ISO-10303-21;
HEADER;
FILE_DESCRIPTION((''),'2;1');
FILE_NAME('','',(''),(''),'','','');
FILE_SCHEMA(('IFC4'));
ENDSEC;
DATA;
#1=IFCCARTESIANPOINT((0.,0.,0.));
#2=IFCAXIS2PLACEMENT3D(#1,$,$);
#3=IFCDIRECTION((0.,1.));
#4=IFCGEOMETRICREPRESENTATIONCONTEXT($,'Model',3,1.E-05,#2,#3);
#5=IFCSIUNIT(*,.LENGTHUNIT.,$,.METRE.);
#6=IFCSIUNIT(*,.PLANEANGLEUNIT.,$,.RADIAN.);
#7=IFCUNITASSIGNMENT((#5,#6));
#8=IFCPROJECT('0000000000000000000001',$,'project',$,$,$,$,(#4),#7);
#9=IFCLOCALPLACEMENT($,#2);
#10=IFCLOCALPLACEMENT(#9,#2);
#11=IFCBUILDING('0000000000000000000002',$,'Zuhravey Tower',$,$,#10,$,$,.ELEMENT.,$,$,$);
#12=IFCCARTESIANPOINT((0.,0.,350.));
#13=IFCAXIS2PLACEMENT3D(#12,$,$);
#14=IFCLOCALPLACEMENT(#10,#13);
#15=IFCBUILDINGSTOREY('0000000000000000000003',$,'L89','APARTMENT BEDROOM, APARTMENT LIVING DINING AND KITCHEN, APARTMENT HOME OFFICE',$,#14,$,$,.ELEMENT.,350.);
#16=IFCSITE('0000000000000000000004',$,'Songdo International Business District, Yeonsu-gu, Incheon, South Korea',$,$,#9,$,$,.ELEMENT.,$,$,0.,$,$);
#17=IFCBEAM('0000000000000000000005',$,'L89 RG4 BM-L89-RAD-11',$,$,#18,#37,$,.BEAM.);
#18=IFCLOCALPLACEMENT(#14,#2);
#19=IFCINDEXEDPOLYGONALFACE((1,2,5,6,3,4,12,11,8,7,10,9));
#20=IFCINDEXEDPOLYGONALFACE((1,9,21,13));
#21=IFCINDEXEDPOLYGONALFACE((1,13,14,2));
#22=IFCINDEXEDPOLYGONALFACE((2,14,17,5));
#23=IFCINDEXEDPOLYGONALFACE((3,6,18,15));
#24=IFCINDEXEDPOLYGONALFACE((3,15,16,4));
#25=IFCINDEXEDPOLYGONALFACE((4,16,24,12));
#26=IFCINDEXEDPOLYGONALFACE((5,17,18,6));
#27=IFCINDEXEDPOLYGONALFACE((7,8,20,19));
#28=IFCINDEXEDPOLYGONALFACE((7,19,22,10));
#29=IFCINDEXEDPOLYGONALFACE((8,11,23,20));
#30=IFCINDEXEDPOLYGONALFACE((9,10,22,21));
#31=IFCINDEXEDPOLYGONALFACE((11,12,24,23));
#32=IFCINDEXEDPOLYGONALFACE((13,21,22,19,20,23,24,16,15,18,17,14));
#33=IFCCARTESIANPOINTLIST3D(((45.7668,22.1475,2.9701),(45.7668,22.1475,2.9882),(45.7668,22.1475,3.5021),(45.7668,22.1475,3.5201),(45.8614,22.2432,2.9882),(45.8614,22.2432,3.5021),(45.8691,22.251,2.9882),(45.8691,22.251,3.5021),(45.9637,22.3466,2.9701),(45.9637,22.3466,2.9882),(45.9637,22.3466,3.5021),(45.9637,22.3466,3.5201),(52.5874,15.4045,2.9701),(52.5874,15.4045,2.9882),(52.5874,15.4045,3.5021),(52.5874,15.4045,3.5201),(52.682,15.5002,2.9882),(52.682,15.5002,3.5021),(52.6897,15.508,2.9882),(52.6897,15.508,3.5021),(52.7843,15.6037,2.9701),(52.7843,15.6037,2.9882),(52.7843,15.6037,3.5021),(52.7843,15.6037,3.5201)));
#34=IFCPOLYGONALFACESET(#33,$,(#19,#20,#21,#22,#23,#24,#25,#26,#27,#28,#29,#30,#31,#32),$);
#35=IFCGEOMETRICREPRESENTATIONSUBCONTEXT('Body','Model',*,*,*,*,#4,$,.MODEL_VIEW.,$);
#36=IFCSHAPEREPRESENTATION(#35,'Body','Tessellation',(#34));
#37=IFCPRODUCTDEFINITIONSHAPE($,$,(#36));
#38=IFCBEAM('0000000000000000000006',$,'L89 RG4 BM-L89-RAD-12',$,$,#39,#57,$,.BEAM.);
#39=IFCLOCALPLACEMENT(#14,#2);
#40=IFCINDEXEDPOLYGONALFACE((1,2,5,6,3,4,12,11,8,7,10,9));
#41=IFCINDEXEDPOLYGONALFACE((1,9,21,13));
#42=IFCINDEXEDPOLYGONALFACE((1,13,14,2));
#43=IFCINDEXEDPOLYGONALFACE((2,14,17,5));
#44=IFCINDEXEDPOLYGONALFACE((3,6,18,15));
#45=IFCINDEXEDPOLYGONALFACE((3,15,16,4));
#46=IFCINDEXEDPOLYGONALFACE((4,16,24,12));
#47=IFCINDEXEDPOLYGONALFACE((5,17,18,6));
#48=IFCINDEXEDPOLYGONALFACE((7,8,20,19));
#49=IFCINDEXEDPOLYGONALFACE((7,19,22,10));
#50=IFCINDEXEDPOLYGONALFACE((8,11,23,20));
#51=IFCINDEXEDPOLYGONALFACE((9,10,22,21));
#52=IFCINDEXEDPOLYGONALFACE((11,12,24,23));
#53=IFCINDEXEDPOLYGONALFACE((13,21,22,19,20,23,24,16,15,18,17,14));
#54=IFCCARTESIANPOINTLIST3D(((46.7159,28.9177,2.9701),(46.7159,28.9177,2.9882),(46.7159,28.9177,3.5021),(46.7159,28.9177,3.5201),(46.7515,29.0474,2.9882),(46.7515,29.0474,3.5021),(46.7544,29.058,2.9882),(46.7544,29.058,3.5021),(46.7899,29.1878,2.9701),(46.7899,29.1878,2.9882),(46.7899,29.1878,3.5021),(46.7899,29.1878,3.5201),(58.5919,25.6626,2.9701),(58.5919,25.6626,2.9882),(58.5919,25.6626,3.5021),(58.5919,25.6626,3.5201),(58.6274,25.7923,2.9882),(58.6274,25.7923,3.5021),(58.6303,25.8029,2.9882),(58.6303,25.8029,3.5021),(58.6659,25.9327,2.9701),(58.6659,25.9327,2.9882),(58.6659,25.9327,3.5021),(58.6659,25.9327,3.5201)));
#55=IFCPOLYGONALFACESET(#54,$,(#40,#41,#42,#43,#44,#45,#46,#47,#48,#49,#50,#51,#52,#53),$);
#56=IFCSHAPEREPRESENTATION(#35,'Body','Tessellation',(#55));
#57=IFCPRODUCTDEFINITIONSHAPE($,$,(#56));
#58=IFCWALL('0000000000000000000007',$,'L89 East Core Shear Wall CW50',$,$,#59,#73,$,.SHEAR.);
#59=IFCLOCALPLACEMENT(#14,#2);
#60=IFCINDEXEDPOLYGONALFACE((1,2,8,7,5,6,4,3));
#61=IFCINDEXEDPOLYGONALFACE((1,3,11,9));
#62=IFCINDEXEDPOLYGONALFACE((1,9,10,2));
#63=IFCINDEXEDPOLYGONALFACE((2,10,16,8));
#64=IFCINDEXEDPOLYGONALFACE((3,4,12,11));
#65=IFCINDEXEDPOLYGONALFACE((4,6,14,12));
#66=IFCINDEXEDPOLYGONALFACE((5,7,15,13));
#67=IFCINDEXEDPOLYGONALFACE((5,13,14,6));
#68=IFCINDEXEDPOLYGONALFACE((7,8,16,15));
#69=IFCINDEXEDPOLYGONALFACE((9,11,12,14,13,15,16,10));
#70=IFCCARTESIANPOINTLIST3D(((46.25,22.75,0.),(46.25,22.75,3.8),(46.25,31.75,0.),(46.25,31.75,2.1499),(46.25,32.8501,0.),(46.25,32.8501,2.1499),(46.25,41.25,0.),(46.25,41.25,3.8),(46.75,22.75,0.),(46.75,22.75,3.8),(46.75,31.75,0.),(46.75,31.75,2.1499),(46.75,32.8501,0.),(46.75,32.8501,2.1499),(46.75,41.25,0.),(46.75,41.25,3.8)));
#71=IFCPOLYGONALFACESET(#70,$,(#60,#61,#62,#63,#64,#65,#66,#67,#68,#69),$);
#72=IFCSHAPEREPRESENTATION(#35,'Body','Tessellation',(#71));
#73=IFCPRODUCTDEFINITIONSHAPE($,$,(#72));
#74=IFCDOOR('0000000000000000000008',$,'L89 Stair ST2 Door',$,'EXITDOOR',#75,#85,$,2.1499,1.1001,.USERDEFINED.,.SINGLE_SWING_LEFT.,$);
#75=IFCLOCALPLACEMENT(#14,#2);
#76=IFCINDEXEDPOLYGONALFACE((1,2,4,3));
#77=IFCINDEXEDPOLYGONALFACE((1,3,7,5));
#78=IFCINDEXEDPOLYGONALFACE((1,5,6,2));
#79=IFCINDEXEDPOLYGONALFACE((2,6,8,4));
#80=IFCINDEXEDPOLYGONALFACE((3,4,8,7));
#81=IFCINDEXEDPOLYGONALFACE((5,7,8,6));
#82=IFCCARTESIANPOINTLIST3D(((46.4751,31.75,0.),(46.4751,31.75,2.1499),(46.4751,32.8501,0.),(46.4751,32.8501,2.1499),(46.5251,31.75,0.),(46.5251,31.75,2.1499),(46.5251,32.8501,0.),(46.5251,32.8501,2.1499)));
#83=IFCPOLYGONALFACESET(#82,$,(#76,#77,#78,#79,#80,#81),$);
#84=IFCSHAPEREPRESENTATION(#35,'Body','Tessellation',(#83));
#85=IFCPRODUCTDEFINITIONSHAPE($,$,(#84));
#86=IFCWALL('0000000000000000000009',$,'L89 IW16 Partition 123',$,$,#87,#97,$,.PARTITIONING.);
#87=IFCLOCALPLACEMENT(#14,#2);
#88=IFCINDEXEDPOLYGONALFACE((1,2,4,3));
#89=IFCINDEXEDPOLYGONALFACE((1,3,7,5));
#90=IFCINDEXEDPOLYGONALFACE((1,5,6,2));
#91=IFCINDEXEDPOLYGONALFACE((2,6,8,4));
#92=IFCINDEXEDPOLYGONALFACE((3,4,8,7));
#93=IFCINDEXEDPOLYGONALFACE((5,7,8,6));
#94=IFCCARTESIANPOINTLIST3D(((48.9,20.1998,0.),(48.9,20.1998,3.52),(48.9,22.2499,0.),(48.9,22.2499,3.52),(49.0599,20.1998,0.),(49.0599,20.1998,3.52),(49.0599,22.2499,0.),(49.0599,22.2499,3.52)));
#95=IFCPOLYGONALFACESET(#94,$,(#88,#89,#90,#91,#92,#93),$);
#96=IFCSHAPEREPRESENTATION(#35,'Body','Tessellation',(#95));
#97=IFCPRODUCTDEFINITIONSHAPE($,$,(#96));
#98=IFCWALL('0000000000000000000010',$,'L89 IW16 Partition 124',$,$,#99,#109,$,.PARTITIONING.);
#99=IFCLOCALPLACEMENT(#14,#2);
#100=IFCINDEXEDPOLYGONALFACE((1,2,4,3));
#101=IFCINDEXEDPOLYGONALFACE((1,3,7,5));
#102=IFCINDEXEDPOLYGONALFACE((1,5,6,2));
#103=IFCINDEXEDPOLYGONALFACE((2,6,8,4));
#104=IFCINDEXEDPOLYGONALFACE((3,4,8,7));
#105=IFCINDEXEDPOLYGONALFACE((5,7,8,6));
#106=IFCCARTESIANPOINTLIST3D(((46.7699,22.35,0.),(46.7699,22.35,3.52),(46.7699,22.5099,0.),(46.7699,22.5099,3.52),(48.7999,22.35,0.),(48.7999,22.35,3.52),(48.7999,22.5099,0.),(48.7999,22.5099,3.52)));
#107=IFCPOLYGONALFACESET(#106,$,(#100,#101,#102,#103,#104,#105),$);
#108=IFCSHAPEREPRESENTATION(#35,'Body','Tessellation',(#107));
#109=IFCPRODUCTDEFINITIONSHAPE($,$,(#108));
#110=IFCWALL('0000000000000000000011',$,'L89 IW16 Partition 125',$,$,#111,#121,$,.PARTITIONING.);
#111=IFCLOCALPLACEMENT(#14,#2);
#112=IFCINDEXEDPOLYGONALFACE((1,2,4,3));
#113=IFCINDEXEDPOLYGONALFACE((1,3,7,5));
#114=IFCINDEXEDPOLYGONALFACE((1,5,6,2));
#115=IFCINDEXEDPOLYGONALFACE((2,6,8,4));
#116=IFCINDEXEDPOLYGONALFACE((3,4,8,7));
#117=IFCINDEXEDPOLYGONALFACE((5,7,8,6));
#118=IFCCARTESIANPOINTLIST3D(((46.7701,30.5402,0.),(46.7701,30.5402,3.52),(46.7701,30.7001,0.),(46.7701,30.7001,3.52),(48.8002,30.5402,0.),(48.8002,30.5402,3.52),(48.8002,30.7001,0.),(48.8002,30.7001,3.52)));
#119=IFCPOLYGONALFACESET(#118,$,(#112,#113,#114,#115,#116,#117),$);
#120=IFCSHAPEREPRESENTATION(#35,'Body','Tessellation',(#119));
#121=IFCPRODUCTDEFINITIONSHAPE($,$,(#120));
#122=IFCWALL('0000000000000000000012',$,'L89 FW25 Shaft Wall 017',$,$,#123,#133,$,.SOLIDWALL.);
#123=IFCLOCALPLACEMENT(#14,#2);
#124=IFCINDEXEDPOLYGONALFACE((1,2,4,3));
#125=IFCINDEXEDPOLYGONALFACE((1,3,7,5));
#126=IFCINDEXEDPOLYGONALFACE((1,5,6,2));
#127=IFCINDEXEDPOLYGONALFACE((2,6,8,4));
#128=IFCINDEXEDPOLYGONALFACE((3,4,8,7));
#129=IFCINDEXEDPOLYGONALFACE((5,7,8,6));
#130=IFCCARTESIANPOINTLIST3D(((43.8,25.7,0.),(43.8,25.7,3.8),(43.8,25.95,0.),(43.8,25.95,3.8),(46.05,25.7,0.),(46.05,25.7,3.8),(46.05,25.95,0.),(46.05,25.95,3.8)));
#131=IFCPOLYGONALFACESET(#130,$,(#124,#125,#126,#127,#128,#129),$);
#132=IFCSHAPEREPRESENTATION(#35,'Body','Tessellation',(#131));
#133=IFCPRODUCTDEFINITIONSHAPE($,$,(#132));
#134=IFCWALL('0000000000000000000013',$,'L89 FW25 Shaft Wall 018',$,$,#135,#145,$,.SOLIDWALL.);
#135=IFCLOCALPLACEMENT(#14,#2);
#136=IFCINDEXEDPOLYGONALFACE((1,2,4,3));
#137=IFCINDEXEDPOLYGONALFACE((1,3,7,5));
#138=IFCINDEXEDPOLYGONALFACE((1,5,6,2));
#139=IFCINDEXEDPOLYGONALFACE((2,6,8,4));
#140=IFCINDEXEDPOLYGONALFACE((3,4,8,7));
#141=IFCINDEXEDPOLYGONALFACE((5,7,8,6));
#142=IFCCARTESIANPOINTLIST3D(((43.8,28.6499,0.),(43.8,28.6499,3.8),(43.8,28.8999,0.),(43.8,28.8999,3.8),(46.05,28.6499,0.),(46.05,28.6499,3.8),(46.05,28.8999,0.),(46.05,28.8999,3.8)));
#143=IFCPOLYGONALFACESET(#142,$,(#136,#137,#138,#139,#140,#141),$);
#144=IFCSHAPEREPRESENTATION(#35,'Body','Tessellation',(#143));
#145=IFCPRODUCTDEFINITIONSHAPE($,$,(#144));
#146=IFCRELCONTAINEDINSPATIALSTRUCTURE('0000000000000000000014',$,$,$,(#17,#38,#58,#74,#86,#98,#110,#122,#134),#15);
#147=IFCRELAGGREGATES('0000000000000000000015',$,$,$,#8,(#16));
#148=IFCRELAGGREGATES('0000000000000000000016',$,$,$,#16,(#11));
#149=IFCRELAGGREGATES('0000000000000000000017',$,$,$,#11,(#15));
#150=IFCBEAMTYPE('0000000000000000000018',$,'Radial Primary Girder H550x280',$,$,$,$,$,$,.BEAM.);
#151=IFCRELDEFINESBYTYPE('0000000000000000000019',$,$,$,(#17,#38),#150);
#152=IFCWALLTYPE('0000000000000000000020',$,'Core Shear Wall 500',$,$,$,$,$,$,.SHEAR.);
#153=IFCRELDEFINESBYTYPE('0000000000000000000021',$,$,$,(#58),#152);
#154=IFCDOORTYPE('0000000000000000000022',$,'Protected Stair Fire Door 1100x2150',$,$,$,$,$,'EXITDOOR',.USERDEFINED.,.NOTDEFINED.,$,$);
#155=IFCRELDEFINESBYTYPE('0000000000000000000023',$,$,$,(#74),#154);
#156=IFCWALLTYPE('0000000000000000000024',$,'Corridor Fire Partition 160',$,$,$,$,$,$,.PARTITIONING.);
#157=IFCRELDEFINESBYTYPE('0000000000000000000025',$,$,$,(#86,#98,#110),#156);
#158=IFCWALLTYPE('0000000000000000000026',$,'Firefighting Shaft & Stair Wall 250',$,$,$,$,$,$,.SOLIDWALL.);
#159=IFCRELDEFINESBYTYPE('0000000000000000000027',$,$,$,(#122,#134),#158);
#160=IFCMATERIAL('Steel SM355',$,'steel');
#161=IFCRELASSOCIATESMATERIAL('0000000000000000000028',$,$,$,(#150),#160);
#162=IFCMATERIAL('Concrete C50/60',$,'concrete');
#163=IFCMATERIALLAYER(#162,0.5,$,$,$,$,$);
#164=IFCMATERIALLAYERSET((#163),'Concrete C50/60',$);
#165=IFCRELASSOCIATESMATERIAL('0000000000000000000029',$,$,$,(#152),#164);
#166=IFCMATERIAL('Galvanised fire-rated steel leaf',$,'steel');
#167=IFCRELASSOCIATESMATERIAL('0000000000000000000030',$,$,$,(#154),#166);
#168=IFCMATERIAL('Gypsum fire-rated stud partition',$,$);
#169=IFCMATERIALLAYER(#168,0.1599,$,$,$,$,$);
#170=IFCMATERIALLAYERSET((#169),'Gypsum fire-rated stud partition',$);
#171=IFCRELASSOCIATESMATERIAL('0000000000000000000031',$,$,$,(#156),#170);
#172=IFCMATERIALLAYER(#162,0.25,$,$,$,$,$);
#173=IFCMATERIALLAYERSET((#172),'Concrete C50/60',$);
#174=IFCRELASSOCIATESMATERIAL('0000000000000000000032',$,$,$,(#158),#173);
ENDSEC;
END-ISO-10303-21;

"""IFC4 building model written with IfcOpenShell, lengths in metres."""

from ifc_helpers import new_model, si_unit, direction, frame, frame_2d, origin, origin_2d, place, context, subcontext, project, spatial, rectangle, i_section, extrude, material, layer, layer_set, material_profile, profile_set, type_object, element, fill, save


model = new_model("IFC4")

# Units and contexts
model_context = context("Model", 3, precision=1e-05, world=origin(), true_north=direction((0.0, 1.0)))
body_context = subcontext(model_context, "Body", "Model", "MODEL_VIEW")
ifc_project = project(units=[si_unit("LENGTHUNIT", "METRE"), si_unit("PLANEANGLEUNIT", "RADIAN")], contexts=[model_context])

# Site, building, storey
site_placement = place(None, origin())
site = spatial("IfcSite", under=ifc_project, at=site_placement, Name="Songdo International Business District, Yeonsu-gu, Incheon, South Korea", CompositionType="ELEMENT", RefElevation=0.0)
building_placement = place(site_placement, origin())
building = spatial("IfcBuilding", under=site, at=building_placement, Name="Zuhravey Tower", CompositionType="ELEMENT")
storey_placement = place(building_placement, frame((0.0, 0.0, 350.0)))
storey = spatial("IfcBuildingStorey", under=building, at=storey_placement, Name="L89", Description="APARTMENT BEDROOM, APARTMENT LIVING DINING AND KITCHEN, APARTMENT HOME OFFICE", CompositionType="ELEMENT", Elevation=350.0)

# Beams
ifc_material_1 = material(Name="Steel SM355", Category="steel")
ifc_material_profile = material_profile(ifc_material_1, i_section(OverallWidth=0.28, OverallDepth=0.55, WebThickness=0.011, FlangeThickness=0.0181, at=origin_2d()), Name="H-550x280x11x18")
ifc_profile_set = profile_set([ifc_material_profile], Name="Steel SM355")
beam_type = type_object("IfcBeamType", Name="Radial Primary Girder H550x280", PredefinedType="BEAM", material=ifc_profile_set)
beam_1_placement = place(storey_placement, frame((45.8652, 22.2471, 3.2451), z_axis=(0.711143, -0.703048, 0.0), x_axis=(0.703048, 0.711143, 0.0)))
element("IfcBeam", 1, at=beam_1_placement, inside=storey, type_object=beam_type, Name="L89 RG4 BM-L89-RAD-11", PredefinedType="BEAM", context=body_context, shape_type="SweptSolid", body=[
    extrude(i_section(OverallWidth=0.28, OverallDepth=0.55, WebThickness=0.011, FlangeThickness=0.0181, at=origin_2d()), origin(), (0.0, 0.0, 1.0), 9.5911),
])
beam_2_placement = place(storey_placement, frame((46.7529, 29.0527, 3.2451), z_axis=(0.964429, -0.264344, 0.0), x_axis=(0.264344, 0.964429, 0.0)))
element("IfcBeam", 2, at=beam_2_placement, inside=storey, type_object=beam_type, Name="L89 RG4 BM-L89-RAD-12", PredefinedType="BEAM", context=body_context, shape_type="SweptSolid", body=[
    extrude(i_section(OverallWidth=0.28, OverallDepth=0.55, WebThickness=0.011, FlangeThickness=0.0181, at=origin_2d()), origin(), (0.0, 0.0, 1.0), 12.314),
])

# Wall, opening, door
ifc_material_2 = material(Name="Concrete C50/60", Category="concrete")
ifc_layer_1 = layer(ifc_material_2, 0.5)
ifc_layer_set_1 = layer_set([ifc_layer_1], Name="Concrete C50/60")
wall_type_1 = type_object("IfcWallType", Name="Core Shear Wall 500", PredefinedType="SHEAR", material=ifc_layer_set_1)
wall_1_placement = place(storey_placement, frame((46.5, 22.75, 0.0), z_axis=(0.0, 0.0, 1.0), x_axis=(0.0, 1.0, 0.0)))
wall_1 = element("IfcWall", 3, at=wall_1_placement, inside=storey, type_object=wall_type_1, Name="L89 East Core Shear Wall CW50", PredefinedType="SHEAR", context=body_context, shape_type="SweptSolid", body=[
    extrude(rectangle(XDim=18.5, YDim=0.5, at=frame_2d((9.25, 0.0))), origin(), (0.0, 0.0, 1.0), 3.8),
])
opening_1_placement = place(wall_1_placement, frame((9.0, 0.0, 0.0)))
opening_1 = element("IfcOpeningElement", 4, at=opening_1_placement, cuts=wall_1, PredefinedType="OPENING", context=body_context, shape_type="SweptSolid", body=[
    extrude(rectangle(XDim=1.1001, YDim=2.1499, at=frame_2d((0.55, 1.075))), frame((0.0, 0.262, 0.0), z_axis=(0.0, -1.0, 0.0), x_axis=(1.0, 0.0, 0.0)), (0.0, 0.0, 1.0), 0.5239),
])
ifc_material_3 = material(Name="Galvanised fire-rated steel leaf", Category="steel")
door_type_1 = type_object("IfcDoorType", Name="Protected Stair Fire Door 1100x2150", ElementType="EXITDOOR", OperationType="NOTDEFINED", PredefinedType="USERDEFINED", material=ifc_material_3)
door_1_placement = place(opening_1_placement, origin())
door_1 = element("IfcDoor", 5, at=door_1_placement, inside=storey, type_object=door_type_1, Name="L89 Stair ST2 Door", ObjectType="EXITDOOR", OperationType="SINGLE_SWING_LEFT", OverallHeight=2.1499, OverallWidth=1.1001, PredefinedType="USERDEFINED", context=body_context, shape_type="SweptSolid", body=[
    extrude(rectangle(XDim=1.1001, YDim=2.1499, at=frame_2d((0.55, 1.075))), frame((0.0, 0.0249, 0.0), z_axis=(0.0, -1.0, 0.0), x_axis=(1.0, 0.0, 0.0)), (0.0, 0.0, 1.0), 0.05),
])
fill(opening_1, door_1)

# Walls
ifc_material_4 = material(Name="Gypsum fire-rated stud partition")
ifc_layer_2 = layer(ifc_material_4, 0.1599)
ifc_layer_set_2 = layer_set([ifc_layer_2], Name="Gypsum fire-rated stud partition")
wall_type_2 = type_object("IfcWallType", Name="Corridor Fire Partition 160", PredefinedType="PARTITIONING", material=ifc_layer_set_2)
wall_2_placement = place(storey_placement, frame((48.98, 20.2, 0.0), z_axis=(0.0, 0.0, 1.0), x_axis=(0.0, 1.0, 0.0)))
element("IfcWall", 6, at=wall_2_placement, inside=storey, type_object=wall_type_2, Name="L89 IW16 Partition 123", PredefinedType="PARTITIONING", context=body_context, shape_type="SweptSolid", body=[
    extrude(rectangle(XDim=2.05, YDim=0.1599, at=frame_2d((1.0249, 0.0))), origin(), (0.0, 0.0, 1.0), 3.52),
])
for number, where, z_axis, x_axis, name in (
    (7, (48.8, 22.4299, 0.0), (0.0, 0.0, 1.0), (-1.0, 0.0, 0.0), "L89 IW16 Partition 124"),
    (8, (46.77, 30.6201, 0.0), (0.0, 0.0, 1.0), (1.0, 0.0, 0.0), "L89 IW16 Partition 125"),
):
    element("IfcWall", number, at=place(storey_placement, frame(where, z_axis=z_axis, x_axis=x_axis)), inside=storey, type_object=wall_type_2, Name=name, PredefinedType="PARTITIONING", context=body_context, shape_type="SweptSolid", body=[
        extrude(rectangle(XDim=2.03, YDim=0.1599, at=frame_2d((1.0151, 0.0))), origin(), (0.0, 0.0, 1.0), 3.52),
    ])
ifc_layer_3 = layer(ifc_material_2, 0.25)
ifc_layer_set_3 = layer_set([ifc_layer_3], Name="Concrete C50/60")
wall_type_3 = type_object("IfcWallType", Name="Firefighting Shaft & Stair Wall 250", PredefinedType="SOLIDWALL", material=ifc_layer_set_3)
for number, where, z_axis, x_axis, name in (
    (9, (43.8, 25.825, 0.0), (0.0, 0.0, 1.0), (1.0, 0.0, 0.0), "L89 FW25 Shaft Wall 017"),
    (10, (43.8, 28.7749, 0.0), (0.0, 0.0, 1.0), (1.0, 0.0, 0.0), "L89 FW25 Shaft Wall 018"),
):
    element("IfcWall", number, at=place(storey_placement, frame(where, z_axis=z_axis, x_axis=x_axis)), inside=storey, type_object=wall_type_3, Name=name, PredefinedType="SOLIDWALL", context=body_context, shape_type="SweptSolid", body=[
        extrude(rectangle(XDim=2.25, YDim=0.25, at=frame_2d((1.125, 0.0))), origin(), (0.0, 0.0, 1.0), 3.8),
    ])

save(model, "model.ifc")
